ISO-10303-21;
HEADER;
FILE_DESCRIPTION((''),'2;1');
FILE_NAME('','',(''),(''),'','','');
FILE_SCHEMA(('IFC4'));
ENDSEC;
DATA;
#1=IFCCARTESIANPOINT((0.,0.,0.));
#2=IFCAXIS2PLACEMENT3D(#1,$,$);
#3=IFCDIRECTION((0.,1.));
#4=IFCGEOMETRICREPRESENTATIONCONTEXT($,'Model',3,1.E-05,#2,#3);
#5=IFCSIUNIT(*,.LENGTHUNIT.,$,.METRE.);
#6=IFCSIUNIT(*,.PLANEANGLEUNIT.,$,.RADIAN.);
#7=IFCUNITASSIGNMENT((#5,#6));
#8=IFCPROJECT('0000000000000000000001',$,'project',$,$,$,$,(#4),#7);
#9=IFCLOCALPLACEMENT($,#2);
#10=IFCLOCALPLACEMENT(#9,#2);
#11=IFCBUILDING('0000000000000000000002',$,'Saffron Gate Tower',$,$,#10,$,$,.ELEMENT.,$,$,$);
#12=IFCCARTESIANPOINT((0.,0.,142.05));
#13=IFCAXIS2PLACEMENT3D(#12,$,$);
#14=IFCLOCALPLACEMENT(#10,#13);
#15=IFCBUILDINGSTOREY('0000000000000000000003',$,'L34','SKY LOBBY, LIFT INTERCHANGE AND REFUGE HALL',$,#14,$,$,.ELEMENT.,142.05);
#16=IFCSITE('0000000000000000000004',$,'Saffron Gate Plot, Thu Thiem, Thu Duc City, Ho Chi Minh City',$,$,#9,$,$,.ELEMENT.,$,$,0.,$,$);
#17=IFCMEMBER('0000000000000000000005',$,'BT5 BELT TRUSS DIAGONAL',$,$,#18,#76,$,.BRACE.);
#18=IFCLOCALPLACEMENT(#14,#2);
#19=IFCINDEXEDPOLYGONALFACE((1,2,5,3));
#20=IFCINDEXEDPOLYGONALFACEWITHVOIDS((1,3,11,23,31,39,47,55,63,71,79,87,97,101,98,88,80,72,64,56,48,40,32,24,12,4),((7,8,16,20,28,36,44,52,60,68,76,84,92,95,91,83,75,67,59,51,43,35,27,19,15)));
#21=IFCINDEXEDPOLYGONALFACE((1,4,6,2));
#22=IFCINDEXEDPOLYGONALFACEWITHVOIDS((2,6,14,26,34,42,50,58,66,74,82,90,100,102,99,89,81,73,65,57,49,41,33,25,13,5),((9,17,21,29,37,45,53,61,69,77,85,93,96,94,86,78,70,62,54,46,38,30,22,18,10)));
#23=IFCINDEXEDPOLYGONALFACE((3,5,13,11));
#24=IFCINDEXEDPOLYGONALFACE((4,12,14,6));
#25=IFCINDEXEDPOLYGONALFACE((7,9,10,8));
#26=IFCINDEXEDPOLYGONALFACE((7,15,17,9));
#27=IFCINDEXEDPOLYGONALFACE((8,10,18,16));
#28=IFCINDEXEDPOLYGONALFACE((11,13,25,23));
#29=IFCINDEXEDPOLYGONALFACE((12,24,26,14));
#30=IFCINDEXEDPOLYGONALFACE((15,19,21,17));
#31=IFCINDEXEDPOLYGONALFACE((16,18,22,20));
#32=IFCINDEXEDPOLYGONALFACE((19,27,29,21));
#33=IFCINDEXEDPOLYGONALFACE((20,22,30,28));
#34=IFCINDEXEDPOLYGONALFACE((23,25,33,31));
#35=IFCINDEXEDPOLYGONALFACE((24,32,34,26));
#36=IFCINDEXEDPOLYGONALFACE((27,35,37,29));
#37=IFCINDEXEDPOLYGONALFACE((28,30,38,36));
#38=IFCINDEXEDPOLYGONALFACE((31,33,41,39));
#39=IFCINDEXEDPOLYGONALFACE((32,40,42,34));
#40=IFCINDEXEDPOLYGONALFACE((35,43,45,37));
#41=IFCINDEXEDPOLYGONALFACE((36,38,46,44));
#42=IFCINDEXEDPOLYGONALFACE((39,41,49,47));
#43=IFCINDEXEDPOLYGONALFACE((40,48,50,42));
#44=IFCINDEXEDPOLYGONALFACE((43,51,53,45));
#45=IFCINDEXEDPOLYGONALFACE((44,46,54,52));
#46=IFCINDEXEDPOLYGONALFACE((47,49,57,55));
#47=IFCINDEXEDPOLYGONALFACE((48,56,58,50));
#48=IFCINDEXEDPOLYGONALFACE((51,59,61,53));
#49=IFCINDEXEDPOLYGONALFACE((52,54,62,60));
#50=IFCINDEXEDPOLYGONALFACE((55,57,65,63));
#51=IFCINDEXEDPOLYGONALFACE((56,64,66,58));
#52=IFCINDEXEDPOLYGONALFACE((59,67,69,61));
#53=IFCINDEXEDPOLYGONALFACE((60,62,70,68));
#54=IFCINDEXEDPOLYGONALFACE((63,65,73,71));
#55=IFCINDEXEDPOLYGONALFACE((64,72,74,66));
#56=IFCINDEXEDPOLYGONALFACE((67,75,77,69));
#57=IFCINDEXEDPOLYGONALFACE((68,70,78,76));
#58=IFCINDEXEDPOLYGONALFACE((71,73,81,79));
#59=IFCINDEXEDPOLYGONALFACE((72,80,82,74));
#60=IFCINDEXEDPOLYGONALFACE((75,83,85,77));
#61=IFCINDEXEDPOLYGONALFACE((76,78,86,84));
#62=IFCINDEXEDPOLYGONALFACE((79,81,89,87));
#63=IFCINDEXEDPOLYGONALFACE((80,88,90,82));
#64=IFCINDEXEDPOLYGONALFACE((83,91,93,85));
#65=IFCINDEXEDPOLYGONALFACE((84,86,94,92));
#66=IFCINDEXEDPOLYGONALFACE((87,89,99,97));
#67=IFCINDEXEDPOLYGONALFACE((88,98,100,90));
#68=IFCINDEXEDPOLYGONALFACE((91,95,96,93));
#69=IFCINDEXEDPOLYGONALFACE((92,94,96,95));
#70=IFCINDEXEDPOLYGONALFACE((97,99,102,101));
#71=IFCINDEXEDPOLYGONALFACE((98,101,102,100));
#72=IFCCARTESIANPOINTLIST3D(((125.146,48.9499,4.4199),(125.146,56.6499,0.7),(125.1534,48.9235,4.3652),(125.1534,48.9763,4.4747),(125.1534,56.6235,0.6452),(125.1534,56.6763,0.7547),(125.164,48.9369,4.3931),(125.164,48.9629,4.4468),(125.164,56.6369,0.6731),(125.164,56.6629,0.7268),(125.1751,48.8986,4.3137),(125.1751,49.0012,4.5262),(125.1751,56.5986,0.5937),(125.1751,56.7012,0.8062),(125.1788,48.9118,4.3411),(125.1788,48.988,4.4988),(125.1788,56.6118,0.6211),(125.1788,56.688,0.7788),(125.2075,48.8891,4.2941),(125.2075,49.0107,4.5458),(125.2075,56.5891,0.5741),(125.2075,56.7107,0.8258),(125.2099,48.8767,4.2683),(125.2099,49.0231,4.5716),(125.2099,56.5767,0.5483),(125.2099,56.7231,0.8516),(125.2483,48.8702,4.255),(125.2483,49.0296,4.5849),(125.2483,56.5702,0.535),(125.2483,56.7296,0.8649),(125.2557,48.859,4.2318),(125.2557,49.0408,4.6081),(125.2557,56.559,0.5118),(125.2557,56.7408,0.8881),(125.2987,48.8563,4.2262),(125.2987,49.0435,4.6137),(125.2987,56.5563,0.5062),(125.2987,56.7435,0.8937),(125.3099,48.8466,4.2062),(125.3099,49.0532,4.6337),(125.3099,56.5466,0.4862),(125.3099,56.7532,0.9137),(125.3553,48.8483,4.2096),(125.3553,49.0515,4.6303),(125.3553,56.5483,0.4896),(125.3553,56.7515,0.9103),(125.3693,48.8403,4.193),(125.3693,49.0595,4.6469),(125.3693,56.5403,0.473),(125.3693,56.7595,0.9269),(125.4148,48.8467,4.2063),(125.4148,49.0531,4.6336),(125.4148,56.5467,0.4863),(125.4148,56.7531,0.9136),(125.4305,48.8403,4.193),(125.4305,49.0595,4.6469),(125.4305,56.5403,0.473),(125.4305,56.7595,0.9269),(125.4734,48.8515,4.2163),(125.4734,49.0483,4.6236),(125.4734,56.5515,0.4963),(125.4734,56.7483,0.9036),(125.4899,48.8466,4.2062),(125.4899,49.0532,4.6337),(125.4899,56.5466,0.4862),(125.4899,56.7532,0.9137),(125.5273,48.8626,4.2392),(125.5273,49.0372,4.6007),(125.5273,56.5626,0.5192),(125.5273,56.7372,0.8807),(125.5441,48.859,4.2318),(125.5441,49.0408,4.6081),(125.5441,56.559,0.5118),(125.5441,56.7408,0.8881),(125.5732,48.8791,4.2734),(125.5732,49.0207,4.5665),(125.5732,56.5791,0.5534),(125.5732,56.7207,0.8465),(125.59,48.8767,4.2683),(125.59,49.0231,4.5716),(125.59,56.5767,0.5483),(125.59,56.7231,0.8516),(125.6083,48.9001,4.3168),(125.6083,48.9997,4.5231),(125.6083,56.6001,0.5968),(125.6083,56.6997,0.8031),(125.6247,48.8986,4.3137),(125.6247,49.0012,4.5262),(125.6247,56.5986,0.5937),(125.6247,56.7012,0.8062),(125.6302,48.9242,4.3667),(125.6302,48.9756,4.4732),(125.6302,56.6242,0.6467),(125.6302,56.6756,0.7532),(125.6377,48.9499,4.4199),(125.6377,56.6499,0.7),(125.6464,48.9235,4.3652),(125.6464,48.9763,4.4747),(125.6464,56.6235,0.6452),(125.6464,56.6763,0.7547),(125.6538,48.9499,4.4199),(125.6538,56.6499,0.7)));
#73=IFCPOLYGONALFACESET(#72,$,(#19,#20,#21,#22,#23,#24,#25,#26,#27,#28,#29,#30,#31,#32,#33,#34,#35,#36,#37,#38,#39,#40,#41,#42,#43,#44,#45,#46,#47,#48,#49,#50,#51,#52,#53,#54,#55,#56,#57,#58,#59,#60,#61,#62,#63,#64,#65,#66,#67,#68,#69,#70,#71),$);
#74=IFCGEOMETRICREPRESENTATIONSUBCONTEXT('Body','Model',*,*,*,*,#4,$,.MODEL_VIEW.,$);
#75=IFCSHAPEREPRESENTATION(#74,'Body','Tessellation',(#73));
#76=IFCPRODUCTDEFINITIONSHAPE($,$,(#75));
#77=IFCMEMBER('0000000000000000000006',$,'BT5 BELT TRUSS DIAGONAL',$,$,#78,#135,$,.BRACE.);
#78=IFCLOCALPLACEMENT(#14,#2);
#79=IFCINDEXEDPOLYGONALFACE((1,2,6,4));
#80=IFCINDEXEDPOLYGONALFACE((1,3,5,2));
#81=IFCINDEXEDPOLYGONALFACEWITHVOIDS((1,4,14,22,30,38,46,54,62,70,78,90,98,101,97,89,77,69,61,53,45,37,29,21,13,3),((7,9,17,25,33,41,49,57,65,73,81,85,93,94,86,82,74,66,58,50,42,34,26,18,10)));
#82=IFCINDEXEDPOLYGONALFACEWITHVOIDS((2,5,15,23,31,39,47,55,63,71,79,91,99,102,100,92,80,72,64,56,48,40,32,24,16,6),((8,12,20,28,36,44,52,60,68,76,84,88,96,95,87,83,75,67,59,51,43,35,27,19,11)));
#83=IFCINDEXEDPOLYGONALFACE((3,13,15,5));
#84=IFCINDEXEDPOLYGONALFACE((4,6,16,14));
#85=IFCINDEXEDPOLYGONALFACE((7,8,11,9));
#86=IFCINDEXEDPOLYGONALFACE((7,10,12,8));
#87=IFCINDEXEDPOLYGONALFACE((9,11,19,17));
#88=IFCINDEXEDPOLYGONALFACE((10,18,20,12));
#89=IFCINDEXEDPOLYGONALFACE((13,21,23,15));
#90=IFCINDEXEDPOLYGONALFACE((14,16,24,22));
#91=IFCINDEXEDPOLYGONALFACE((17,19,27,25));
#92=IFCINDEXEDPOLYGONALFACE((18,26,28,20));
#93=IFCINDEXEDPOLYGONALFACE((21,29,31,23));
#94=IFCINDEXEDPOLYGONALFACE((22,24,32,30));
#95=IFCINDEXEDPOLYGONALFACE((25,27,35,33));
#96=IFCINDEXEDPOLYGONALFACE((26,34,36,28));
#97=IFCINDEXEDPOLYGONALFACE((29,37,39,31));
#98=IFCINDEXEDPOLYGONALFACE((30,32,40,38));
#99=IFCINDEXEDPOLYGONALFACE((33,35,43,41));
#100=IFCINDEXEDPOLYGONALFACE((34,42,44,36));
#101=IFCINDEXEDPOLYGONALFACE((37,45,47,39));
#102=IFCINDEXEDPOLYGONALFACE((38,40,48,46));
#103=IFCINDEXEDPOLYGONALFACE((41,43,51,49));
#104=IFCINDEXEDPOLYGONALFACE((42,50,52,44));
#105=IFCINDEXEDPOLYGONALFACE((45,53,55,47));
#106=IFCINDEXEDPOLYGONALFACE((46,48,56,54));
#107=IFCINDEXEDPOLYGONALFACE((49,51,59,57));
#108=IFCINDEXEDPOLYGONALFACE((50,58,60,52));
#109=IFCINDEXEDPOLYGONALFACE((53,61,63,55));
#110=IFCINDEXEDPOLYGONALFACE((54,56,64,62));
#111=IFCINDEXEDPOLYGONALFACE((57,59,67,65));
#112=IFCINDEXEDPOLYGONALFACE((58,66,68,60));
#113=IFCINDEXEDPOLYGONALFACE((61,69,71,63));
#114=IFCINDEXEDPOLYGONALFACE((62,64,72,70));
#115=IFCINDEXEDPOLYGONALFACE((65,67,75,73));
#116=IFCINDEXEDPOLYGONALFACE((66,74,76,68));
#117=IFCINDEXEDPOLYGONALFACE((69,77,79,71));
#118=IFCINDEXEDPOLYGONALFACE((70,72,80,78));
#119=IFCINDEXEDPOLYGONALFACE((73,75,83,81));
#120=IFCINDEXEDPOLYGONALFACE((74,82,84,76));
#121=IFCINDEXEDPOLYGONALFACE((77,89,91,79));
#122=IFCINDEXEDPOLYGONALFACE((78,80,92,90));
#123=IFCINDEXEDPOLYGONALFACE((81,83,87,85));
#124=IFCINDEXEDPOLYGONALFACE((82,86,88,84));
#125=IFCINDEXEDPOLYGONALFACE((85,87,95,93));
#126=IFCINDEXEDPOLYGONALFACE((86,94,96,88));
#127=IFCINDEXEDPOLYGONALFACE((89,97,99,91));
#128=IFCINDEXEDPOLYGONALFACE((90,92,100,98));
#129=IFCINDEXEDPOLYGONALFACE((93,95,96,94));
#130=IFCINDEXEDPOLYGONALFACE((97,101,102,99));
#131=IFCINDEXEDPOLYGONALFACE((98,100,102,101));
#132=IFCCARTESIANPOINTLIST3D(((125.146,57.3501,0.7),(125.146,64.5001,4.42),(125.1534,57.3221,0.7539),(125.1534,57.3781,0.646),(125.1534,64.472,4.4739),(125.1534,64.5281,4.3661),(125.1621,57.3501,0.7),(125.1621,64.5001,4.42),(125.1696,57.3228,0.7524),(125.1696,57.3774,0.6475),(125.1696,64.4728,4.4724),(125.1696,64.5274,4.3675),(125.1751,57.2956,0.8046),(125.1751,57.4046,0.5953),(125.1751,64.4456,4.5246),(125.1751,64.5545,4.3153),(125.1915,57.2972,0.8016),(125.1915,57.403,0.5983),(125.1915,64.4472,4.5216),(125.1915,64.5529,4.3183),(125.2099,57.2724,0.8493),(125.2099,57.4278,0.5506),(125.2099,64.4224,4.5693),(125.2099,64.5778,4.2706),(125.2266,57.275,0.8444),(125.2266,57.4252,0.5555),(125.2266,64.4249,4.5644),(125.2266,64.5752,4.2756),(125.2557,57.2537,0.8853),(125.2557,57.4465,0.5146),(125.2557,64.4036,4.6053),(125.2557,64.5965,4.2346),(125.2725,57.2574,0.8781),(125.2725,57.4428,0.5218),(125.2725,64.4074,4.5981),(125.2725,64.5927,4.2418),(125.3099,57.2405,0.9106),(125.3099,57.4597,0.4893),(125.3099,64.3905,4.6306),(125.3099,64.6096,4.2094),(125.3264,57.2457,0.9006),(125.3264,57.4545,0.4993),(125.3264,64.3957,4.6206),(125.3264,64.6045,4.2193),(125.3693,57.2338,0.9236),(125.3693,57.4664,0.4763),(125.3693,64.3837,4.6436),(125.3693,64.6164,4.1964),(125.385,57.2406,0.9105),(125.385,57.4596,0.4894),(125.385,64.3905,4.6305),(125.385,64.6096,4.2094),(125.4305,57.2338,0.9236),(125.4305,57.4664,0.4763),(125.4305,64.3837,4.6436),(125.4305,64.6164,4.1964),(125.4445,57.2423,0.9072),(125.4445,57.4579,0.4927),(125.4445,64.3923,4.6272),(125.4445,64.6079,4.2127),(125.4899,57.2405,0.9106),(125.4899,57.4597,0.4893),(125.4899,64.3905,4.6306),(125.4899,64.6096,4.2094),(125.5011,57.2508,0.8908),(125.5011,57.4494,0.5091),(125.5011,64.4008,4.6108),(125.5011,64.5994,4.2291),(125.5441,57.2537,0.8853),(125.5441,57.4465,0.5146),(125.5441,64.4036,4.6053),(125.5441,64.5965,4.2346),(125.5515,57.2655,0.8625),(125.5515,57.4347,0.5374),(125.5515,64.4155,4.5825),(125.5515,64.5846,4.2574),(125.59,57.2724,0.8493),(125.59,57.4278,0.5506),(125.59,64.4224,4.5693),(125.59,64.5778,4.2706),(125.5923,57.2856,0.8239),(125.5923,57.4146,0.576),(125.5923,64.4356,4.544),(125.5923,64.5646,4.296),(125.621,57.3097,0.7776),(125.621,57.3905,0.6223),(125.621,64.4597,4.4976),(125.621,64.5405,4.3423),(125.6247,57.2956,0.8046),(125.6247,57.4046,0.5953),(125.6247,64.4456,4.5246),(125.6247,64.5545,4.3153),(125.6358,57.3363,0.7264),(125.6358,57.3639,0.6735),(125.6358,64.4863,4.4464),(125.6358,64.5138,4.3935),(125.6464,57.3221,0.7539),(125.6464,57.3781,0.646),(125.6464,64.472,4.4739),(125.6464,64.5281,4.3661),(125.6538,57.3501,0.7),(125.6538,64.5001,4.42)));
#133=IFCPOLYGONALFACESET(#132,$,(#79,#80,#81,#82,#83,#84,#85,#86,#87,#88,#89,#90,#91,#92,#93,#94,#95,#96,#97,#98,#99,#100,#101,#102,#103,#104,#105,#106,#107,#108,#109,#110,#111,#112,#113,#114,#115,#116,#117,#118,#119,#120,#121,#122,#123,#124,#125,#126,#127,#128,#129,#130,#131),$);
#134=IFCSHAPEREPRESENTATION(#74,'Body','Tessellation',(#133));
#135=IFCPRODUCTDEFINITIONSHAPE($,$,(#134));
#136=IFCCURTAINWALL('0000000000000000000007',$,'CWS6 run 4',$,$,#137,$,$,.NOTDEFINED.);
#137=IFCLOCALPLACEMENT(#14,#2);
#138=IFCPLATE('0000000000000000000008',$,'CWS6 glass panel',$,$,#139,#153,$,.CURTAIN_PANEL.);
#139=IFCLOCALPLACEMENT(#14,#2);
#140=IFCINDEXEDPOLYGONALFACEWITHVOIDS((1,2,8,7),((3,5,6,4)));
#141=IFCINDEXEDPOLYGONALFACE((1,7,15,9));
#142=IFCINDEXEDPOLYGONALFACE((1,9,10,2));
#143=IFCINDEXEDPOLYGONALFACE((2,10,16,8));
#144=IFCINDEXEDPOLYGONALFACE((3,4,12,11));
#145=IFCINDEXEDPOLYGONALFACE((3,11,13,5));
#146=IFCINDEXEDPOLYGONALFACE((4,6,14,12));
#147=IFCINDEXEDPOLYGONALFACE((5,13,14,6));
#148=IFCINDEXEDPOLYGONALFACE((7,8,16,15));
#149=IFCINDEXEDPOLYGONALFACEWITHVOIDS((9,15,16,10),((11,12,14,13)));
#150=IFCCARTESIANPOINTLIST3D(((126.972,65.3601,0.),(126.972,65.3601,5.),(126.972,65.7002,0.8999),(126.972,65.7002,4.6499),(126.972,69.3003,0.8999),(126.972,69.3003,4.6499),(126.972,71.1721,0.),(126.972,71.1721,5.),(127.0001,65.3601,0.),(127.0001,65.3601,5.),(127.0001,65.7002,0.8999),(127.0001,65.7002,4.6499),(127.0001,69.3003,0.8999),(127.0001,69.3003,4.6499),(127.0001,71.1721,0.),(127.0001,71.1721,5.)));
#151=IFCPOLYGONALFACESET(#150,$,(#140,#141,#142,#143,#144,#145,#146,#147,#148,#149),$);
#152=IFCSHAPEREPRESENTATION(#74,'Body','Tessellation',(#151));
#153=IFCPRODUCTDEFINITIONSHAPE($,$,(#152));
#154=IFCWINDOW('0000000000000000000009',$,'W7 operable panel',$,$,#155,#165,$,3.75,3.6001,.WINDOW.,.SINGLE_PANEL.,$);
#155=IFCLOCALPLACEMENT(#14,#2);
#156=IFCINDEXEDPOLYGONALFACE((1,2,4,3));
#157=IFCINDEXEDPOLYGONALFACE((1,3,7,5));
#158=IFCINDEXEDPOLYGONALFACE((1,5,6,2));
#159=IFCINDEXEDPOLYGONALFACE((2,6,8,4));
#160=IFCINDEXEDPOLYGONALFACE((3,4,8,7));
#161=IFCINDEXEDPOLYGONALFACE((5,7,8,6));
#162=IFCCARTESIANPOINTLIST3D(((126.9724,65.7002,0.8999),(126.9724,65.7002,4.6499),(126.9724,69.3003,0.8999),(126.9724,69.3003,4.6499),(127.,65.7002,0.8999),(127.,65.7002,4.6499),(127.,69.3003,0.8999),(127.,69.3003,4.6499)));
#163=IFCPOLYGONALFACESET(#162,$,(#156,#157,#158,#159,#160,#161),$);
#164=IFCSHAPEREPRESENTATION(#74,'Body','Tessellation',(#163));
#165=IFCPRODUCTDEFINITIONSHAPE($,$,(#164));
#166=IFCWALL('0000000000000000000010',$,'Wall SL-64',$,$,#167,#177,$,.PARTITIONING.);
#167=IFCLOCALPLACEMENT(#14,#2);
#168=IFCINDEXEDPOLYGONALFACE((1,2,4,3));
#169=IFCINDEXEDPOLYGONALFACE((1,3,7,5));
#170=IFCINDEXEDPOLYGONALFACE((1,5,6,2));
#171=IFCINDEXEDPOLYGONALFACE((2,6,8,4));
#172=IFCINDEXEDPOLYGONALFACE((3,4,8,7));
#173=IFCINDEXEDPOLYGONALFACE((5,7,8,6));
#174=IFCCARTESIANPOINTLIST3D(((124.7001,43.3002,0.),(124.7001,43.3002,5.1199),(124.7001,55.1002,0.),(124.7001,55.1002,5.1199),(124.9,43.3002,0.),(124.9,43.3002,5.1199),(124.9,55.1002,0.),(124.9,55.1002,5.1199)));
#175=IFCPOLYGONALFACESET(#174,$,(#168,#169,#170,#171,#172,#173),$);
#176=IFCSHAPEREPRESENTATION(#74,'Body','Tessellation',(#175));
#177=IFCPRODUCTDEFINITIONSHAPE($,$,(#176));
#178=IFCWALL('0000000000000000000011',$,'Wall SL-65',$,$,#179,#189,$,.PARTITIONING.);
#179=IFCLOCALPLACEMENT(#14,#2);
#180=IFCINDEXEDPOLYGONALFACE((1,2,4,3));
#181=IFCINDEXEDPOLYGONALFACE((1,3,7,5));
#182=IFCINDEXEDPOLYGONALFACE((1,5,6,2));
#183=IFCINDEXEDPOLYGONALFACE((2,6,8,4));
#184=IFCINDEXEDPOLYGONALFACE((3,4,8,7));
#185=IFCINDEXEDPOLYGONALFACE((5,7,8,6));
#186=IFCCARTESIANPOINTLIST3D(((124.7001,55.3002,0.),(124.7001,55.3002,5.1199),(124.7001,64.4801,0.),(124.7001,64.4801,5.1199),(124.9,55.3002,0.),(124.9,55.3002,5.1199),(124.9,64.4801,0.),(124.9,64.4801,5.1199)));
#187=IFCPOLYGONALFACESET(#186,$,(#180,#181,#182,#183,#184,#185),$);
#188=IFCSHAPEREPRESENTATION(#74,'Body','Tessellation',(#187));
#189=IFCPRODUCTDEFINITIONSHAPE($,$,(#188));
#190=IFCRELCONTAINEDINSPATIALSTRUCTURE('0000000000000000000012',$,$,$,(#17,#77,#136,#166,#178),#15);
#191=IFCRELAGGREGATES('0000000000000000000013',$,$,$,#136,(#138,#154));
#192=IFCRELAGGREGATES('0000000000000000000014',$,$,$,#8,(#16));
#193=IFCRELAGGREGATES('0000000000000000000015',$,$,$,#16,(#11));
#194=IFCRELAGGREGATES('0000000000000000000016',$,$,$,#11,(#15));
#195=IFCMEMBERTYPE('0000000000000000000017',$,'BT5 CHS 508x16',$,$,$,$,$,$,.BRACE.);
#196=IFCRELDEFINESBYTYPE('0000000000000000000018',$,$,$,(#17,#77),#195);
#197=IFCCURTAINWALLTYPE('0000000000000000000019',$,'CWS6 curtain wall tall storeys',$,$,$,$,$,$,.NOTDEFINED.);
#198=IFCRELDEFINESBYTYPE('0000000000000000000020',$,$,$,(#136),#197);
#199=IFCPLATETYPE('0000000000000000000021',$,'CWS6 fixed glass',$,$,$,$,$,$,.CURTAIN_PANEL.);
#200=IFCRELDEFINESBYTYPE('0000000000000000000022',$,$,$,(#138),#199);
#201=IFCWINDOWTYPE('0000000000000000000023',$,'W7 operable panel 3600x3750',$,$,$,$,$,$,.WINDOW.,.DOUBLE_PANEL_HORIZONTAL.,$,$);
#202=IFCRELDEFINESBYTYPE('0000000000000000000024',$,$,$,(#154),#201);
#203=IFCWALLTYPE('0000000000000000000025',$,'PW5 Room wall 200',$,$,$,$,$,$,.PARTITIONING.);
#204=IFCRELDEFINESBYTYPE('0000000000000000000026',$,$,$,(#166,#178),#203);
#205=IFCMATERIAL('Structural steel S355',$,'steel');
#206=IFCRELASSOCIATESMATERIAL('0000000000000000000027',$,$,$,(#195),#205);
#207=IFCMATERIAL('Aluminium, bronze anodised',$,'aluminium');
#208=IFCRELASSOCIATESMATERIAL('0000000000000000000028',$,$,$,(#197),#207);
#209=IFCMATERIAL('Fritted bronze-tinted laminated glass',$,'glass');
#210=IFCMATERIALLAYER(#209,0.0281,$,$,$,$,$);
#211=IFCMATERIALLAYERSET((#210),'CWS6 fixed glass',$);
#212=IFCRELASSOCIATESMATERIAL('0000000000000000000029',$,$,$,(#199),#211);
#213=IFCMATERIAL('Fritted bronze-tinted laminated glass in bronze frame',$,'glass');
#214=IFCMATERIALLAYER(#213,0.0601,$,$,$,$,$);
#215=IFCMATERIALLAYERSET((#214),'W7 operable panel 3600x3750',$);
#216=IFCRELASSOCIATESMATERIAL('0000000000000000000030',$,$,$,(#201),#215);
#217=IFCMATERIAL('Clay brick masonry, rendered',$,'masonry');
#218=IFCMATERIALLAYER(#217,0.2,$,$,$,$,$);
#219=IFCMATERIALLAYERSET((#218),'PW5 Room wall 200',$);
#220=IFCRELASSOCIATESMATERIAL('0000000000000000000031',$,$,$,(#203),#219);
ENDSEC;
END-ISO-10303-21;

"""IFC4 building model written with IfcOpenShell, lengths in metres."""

from ifc_helpers import new_model, si_unit, direction, frame, frame_2d, origin, origin_2d, place, context, subcontext, project, spatial, rectangle, hollow_circle, extrude, material, layer, layer_set, material_profile, profile_set, type_object, element, fill, aggregate, save


model = new_model("IFC4")

# Units and contexts
model_context = context("Model", 3, precision=1e-05, world=origin(), true_north=direction((0.0, 1.0)))
body_context = subcontext(model_context, "Body", "Model", "MODEL_VIEW")
ifc_project = project(units=[si_unit("LENGTHUNIT", "METRE"), si_unit("PLANEANGLEUNIT", "RADIAN")], contexts=[model_context])

# Site, building, storey
site_placement = place(None, origin())
site = spatial("IfcSite", under=ifc_project, at=site_placement, Name="Saffron Gate Plot, Thu Thiem, Thu Duc City, Ho Chi Minh City", CompositionType="ELEMENT", RefElevation=0.0)
building_placement = place(site_placement, origin())
building = spatial("IfcBuilding", under=site, at=building_placement, Name="Saffron Gate Tower", CompositionType="ELEMENT")
storey_placement = place(building_placement, frame((0.0, 0.0, 142.05)))
storey = spatial("IfcBuildingStorey", under=building, at=storey_placement, Name="L34", Description="SKY LOBBY, LIFT INTERCHANGE AND REFUGE HALL", CompositionType="ELEMENT", Elevation=142.05)

# Shared definitions
ifc_material_1 = material(Name="Structural steel S355", Category="steel")

# Members
ifc_material_profile_1 = material_profile(ifc_material_1, hollow_circle(Radius=0.2539, WallThickness=0.0161, at=origin_2d()))
ifc_profile_set_1 = profile_set([ifc_material_profile_1], Name="Structural steel S355")
member_type_1 = type_object("IfcMemberType", Name="BT5 CHS 508x16", PredefinedType="BRACE", material=ifc_profile_set_1)
member_1_placement = place(storey_placement, frame((125.3999, 56.6499, 0.7), z_axis=(0.0, -0.900426, 0.43501), x_axis=(1.0, 0.0, 0.0)))
element("IfcMember", 1, at=member_1_placement, inside=storey, type_object=member_type_1, Name="BT5 BELT TRUSS DIAGONAL", PredefinedType="BRACE", context=body_context, shape_type="SweptSolid", body=[
    extrude(hollow_circle(Radius=0.2539, WallThickness=0.0161, at=origin_2d()), origin(), (0.0, 0.0, 1.0), 8.5515),
])
member_2_placement = place(storey_placement, frame((125.3999, 57.3501, 0.7), z_axis=(0.0, 0.887114, 0.46155), x_axis=(-1.0, 0.0, 0.0)))
element("IfcMember", 2, at=member_2_placement, inside=storey, type_object=member_type_1, Name="BT5 BELT TRUSS DIAGONAL", PredefinedType="BRACE", context=body_context, shape_type="SweptSolid", body=[
    extrude(hollow_circle(Radius=0.2539, WallThickness=0.0161, at=origin_2d()), origin(), (0.0, 0.0, 1.0), 8.0598),
])

# Curtain wall, plate, opening, window
ifc_material_2 = material(Name="Aluminium, bronze anodised", Category="aluminium")
curtain_wall_type = type_object("IfcCurtainWallType", Name="CWS6 curtain wall tall storeys", PredefinedType="NOTDEFINED", material=ifc_material_2)
curtain_wall_placement = place(storey_placement, origin())
curtain_wall = element("IfcCurtainWall", 3, at=curtain_wall_placement, inside=storey, type_object=curtain_wall_type, Name="CWS6 run 4", PredefinedType="NOTDEFINED")
ifc_material_3 = material(Name="Fritted bronze-tinted laminated glass", Category="glass")
ifc_layer_1 = layer(ifc_material_3, 0.0281)
ifc_layer_set_1 = layer_set([ifc_layer_1], Name="CWS6 fixed glass")
plate_type = type_object("IfcPlateType", Name="CWS6 fixed glass", PredefinedType="CURTAIN_PANEL", material=ifc_layer_set_1)
plate_placement = place(storey_placement, frame((126.9861, 65.3601, 0.0), z_axis=(0.0, 0.0, 1.0), x_axis=(0.0, 1.0, 0.0)))
plate = element("IfcPlate", 4, at=plate_placement, type_object=plate_type, Name="CWS6 glass panel", PredefinedType="CURTAIN_PANEL", context=body_context, shape_type="SweptSolid", body=[
    extrude(rectangle(XDim=5.812, YDim=0.0281, at=frame_2d((2.906, 0.0))), origin(), (0.0, 0.0, 1.0), 5.0),
])
opening_placement = place(plate_placement, frame((0.3401, 0.0, 0.8999)))
opening = element("IfcOpeningElement", 5, at=opening_placement, cuts=plate, PredefinedType="OPENING", context=body_context, shape_type="SweptSolid", body=[
    extrude(rectangle(XDim=3.6001, YDim=3.75, at=frame_2d((1.8, 1.875))), frame((0.0, 0.0239, 0.0), z_axis=(0.0, -1.0, 0.0), x_axis=(1.0, 0.0, 0.0)), (0.0, 0.0, 1.0), 0.0481),
])
ifc_material_4 = material(Name="Fritted bronze-tinted laminated glass in bronze frame", Category="glass")
ifc_layer_2 = layer(ifc_material_4, 0.0601)
ifc_layer_set_2 = layer_set([ifc_layer_2], Name="W7 operable panel 3600x3750")
window_type = type_object("IfcWindowType", Name="W7 operable panel 3600x3750", PartitioningType="DOUBLE_PANEL_HORIZONTAL", PredefinedType="WINDOW", material=ifc_layer_set_2)
window_placement = place(opening_placement, origin())
window = element("IfcWindow", 6, at=window_placement, type_object=window_type, Name="W7 operable panel", OverallHeight=3.75, OverallWidth=3.6001, PartitioningType="SINGLE_PANEL", PredefinedType="WINDOW", context=body_context, shape_type="SweptSolid", body=[
    extrude(rectangle(XDim=3.6001, YDim=3.75, at=frame_2d((1.8, 1.875))), frame((0.0, 0.0137, 0.0), z_axis=(0.0, -1.0, 0.0), x_axis=(1.0, 0.0, 0.0)), (0.0, 0.0, 1.0), 0.0276),
])
fill(opening, window)
aggregate(curtain_wall, [plate, window])

# Walls
ifc_material_5 = material(Name="Clay brick masonry, rendered", Category="masonry")
ifc_layer_3 = layer(ifc_material_5, 0.2)
ifc_layer_set_3 = layer_set([ifc_layer_3], Name="PW5 Room wall 200")
wall_type = type_object("IfcWallType", Name="PW5 Room wall 200", PredefinedType="PARTITIONING", material=ifc_layer_set_3)
wall_1_placement = place(storey_placement, frame((124.8, 55.1001, 0.0), z_axis=(0.0, 0.0, 1.0), x_axis=(0.0, -1.0, 0.0)))
element("IfcWall", 7, at=wall_1_placement, inside=storey, type_object=wall_type, Name="Wall SL-64", PredefinedType="PARTITIONING", context=body_context, shape_type="SweptSolid", body=[
    extrude(rectangle(XDim=11.8, YDim=0.2, at=frame_2d((5.8999, 0.0))), origin(), (0.0, 0.0, 1.0), 5.1199),
])
wall_2_placement = place(storey_placement, frame((124.8, 64.48, 0.0), z_axis=(0.0, 0.0, 1.0), x_axis=(0.0, -1.0, 0.0)))
element("IfcWall", 8, at=wall_2_placement, inside=storey, type_object=wall_type, Name="Wall SL-65", PredefinedType="PARTITIONING", context=body_context, shape_type="SweptSolid", body=[
    extrude(rectangle(XDim=9.1799, YDim=0.2, at=frame_2d((4.5898, 0.0))), origin(), (0.0, 0.0, 1.0), 5.1199),
])

save(model, "model.ifc")
